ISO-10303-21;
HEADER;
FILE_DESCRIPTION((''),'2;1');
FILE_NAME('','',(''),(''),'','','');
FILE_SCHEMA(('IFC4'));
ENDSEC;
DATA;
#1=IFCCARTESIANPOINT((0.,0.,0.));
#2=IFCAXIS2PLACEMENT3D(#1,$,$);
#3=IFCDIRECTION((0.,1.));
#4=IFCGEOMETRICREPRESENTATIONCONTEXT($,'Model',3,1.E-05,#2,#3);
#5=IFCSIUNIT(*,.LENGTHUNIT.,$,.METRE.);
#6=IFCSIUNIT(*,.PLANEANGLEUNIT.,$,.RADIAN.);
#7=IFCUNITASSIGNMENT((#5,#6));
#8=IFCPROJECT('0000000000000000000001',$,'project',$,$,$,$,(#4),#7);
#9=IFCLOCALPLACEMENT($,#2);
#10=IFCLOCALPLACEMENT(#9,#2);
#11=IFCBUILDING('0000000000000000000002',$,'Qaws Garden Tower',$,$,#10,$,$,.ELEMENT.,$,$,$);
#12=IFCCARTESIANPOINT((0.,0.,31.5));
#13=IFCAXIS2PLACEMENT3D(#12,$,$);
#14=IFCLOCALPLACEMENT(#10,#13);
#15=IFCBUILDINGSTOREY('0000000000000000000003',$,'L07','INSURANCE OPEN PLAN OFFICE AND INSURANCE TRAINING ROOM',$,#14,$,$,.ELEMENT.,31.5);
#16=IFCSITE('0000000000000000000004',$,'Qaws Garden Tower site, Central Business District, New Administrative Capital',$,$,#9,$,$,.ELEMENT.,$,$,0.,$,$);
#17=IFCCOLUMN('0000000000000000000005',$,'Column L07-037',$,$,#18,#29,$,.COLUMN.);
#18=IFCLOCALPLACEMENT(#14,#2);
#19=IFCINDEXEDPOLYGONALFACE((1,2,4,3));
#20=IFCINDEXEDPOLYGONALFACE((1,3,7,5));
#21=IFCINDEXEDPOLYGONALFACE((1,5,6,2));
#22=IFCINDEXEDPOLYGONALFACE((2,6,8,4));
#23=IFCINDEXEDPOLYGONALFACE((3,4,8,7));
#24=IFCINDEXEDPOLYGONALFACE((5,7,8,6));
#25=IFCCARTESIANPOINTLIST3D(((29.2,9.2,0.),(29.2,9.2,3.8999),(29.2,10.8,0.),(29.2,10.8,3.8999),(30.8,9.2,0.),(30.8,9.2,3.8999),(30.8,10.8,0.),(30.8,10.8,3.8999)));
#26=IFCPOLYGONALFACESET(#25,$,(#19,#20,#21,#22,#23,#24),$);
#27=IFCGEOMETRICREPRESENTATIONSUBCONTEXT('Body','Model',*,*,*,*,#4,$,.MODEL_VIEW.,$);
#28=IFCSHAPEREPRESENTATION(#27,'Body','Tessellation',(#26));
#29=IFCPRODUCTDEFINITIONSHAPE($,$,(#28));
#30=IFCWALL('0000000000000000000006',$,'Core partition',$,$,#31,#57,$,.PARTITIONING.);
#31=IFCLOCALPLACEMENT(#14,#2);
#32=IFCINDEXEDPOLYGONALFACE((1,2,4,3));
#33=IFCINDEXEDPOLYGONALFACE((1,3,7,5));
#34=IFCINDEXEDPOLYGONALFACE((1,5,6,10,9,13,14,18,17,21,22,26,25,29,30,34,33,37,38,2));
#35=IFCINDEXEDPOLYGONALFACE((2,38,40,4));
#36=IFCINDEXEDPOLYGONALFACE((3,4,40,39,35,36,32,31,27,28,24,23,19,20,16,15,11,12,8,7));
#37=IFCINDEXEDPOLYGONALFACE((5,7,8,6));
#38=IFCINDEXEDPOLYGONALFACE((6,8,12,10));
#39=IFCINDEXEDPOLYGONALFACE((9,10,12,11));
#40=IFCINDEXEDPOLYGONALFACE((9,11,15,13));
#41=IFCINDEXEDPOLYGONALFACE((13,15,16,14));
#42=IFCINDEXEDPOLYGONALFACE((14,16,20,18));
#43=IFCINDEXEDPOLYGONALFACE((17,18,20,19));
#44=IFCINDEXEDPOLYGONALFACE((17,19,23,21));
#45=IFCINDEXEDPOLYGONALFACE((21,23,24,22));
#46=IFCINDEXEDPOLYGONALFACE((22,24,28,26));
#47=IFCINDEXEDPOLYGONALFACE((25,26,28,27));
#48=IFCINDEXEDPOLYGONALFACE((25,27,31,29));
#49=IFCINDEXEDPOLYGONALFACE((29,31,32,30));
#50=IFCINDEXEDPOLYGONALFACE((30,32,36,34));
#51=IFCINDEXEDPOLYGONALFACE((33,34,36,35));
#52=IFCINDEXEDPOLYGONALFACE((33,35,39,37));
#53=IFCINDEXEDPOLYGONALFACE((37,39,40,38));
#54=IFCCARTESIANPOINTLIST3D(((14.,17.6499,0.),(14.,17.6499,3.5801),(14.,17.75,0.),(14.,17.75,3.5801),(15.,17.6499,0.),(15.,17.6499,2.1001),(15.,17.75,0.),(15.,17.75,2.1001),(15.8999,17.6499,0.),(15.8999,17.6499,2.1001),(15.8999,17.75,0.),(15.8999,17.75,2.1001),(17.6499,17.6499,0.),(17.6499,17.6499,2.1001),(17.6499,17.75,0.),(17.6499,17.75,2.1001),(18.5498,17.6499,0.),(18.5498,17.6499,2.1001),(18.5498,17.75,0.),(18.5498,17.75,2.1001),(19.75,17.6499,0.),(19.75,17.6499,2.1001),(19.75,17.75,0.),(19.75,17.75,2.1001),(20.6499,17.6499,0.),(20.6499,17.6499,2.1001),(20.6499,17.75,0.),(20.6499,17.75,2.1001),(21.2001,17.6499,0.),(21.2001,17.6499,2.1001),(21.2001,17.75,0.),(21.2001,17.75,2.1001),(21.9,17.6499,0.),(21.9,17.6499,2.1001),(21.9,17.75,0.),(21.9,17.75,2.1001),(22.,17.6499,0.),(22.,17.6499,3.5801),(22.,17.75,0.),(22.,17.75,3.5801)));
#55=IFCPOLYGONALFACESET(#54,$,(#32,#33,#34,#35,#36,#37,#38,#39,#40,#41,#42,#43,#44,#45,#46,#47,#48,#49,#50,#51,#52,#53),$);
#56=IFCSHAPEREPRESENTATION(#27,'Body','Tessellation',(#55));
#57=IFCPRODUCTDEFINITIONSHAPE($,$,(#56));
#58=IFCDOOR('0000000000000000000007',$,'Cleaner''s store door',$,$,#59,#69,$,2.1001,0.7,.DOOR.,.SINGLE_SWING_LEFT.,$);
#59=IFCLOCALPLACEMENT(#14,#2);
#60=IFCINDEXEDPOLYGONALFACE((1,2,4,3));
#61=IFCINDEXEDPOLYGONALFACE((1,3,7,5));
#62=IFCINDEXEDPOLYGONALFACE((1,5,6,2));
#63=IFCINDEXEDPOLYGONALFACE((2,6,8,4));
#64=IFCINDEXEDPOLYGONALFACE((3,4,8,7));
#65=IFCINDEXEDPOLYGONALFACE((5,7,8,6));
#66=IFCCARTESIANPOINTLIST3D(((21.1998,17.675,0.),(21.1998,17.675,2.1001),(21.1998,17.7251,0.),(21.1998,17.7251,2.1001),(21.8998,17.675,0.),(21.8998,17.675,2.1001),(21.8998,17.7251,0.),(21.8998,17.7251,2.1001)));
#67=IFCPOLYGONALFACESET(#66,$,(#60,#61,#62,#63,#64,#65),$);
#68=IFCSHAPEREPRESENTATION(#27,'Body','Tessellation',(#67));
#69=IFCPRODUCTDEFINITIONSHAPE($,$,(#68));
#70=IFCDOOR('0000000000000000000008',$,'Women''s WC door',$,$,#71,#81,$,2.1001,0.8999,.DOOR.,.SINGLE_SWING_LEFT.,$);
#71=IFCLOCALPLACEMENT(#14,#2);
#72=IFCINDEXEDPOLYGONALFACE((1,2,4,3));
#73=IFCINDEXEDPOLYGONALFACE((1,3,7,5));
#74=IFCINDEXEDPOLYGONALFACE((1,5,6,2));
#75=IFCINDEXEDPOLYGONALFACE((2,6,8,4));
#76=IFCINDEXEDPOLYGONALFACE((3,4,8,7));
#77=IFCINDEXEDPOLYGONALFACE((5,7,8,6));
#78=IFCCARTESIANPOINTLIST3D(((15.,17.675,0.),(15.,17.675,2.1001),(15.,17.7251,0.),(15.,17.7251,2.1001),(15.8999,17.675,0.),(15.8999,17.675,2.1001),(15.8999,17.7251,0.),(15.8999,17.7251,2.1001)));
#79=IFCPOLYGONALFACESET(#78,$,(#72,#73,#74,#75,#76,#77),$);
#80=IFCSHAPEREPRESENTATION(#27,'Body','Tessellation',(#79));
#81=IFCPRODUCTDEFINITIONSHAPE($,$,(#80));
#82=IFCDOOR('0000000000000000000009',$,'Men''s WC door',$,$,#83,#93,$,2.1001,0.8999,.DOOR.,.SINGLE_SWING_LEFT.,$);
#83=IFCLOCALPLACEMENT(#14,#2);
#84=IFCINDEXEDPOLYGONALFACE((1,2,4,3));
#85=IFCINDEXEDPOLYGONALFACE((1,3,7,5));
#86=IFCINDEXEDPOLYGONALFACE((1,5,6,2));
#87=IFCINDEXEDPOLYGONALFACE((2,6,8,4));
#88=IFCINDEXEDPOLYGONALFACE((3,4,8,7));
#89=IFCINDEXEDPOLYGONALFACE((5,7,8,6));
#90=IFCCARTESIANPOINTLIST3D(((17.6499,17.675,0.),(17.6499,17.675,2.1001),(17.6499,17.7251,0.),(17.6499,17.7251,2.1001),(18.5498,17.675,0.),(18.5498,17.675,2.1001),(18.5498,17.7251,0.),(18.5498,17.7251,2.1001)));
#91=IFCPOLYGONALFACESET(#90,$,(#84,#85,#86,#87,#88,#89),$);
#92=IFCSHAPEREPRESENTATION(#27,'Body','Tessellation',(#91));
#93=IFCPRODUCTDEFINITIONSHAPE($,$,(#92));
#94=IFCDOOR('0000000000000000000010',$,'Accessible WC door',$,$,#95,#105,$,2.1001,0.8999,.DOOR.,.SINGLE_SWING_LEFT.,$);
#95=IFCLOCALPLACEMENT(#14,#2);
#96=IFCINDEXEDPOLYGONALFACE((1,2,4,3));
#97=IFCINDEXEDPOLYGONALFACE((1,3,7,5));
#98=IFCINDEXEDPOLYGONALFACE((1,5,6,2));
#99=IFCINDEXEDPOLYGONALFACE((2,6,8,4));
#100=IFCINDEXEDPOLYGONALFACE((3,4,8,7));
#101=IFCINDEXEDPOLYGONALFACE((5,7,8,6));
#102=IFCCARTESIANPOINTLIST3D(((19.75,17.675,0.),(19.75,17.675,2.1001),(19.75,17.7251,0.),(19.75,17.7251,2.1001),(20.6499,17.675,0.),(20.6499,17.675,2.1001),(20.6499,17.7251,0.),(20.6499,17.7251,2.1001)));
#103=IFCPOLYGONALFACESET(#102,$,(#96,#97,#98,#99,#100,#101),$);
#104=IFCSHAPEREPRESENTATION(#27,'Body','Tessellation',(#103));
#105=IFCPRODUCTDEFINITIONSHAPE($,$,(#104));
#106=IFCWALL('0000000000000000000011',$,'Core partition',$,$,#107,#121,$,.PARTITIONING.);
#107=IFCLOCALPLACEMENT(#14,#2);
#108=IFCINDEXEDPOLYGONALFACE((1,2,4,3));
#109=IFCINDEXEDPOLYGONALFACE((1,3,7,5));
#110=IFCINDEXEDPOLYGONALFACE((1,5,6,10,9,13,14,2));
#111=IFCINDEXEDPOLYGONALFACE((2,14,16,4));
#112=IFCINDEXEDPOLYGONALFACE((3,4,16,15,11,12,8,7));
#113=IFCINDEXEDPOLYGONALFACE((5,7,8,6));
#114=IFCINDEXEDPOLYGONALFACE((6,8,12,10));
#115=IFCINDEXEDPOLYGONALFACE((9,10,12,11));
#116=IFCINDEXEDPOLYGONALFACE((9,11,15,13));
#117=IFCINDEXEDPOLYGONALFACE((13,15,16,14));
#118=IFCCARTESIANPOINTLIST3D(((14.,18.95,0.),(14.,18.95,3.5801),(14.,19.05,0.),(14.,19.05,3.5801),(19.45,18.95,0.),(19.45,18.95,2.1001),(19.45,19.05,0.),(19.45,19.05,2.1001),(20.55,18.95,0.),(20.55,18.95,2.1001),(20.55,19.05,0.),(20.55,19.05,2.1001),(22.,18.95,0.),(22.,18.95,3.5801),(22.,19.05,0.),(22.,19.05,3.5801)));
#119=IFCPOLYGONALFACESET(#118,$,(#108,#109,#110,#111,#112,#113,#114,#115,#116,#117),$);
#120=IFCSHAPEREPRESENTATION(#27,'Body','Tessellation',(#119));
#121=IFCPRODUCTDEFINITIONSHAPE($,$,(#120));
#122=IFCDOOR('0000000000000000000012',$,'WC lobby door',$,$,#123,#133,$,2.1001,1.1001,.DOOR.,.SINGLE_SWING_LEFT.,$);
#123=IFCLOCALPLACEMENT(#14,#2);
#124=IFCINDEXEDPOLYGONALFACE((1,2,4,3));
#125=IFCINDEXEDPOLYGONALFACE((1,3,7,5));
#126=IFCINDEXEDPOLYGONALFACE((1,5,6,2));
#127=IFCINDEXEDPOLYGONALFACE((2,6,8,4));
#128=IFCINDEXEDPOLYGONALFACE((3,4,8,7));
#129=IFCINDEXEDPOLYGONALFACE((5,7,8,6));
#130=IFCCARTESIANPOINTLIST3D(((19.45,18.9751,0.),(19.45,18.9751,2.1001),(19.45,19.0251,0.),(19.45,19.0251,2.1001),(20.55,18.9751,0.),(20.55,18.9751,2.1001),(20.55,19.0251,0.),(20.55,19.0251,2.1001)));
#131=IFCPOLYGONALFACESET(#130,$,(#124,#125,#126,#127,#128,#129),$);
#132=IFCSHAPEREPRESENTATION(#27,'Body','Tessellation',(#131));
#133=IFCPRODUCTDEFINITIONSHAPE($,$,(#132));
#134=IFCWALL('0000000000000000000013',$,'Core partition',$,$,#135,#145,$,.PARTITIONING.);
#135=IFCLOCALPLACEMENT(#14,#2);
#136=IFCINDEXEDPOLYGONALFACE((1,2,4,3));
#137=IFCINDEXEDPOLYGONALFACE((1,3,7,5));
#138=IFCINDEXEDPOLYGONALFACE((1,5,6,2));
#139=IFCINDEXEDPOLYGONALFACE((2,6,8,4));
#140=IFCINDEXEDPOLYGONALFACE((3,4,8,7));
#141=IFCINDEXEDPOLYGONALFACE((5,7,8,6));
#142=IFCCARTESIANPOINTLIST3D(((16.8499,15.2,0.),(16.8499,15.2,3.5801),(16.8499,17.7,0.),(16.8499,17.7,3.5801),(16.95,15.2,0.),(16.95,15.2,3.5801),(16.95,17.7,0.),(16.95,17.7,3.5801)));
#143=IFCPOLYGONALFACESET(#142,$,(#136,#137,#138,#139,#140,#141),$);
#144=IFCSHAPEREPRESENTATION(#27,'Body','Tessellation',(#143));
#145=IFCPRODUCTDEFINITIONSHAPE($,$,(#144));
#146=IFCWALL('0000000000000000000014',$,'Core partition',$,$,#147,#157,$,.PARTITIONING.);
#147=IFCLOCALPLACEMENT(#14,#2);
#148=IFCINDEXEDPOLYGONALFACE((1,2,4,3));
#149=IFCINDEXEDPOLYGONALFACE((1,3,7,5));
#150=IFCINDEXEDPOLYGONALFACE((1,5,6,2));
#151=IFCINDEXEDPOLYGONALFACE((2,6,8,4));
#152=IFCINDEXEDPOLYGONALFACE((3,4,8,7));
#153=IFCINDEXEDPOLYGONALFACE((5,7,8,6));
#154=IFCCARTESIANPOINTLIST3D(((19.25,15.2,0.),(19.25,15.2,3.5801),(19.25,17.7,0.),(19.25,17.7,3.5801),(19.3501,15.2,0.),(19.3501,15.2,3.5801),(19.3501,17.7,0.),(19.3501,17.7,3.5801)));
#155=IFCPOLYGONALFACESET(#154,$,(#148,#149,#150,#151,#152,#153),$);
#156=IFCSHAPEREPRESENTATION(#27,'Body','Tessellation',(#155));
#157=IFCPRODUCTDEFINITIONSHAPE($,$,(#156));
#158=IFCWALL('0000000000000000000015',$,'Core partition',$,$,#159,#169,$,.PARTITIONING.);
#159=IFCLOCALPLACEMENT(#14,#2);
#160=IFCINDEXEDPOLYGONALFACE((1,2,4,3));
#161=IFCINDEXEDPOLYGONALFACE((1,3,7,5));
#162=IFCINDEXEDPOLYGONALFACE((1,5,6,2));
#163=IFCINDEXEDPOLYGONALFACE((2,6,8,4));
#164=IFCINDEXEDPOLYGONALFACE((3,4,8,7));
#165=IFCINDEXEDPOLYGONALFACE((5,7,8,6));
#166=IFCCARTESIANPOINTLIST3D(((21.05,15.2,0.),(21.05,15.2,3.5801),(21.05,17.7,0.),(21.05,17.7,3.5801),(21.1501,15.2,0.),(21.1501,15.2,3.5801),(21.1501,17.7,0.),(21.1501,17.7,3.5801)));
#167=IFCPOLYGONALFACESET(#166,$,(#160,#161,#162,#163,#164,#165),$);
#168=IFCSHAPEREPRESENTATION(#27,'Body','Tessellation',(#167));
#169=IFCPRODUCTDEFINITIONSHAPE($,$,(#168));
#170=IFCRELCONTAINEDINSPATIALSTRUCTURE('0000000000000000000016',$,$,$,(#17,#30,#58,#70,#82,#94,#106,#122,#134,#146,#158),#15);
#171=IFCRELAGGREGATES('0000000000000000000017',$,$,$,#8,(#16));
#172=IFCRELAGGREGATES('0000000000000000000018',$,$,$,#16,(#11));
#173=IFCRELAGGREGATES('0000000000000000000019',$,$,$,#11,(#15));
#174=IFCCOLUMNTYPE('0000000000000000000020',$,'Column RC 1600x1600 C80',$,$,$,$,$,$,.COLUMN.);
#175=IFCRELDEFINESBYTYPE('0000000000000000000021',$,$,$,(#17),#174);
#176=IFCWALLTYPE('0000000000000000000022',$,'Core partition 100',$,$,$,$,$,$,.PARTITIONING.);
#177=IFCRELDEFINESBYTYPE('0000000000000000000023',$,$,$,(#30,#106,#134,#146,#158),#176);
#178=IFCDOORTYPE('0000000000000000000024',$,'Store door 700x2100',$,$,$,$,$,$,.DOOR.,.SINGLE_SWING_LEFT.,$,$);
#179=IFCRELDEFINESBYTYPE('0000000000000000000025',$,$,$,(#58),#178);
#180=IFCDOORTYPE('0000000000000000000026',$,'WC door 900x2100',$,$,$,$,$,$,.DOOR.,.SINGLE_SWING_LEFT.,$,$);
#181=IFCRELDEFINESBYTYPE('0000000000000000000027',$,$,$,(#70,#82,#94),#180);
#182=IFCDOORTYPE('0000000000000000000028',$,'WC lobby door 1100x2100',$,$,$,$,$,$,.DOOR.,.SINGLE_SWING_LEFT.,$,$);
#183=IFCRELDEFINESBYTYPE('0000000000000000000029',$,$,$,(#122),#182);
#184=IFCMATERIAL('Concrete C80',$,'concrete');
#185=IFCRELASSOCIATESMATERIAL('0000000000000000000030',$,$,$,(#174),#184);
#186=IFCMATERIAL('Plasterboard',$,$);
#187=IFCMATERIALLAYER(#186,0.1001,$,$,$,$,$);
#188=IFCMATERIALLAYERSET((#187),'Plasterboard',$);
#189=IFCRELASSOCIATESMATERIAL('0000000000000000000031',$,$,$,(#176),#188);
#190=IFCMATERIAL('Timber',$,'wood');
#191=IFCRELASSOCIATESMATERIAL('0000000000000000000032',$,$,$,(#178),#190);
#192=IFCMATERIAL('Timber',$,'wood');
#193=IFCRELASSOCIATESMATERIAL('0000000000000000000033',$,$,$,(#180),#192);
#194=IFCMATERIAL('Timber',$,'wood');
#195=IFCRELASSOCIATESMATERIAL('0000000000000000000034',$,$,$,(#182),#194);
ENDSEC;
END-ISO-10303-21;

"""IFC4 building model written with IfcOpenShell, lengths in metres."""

from ifc_helpers import new_model, si_unit, direction, frame, frame_2d, origin, origin_2d, place, context, subcontext, project, spatial, rectangle, extrude, material, layer, layer_set, material_profile, profile_set, type_object, element, fill, save


model = new_model("IFC4")

# Units and contexts
model_context = context("Model", 3, precision=1e-05, world=origin(), true_north=direction((0.0, 1.0)))
body_context = subcontext(model_context, "Body", "Model", "MODEL_VIEW")
ifc_project = project(units=[si_unit("LENGTHUNIT", "METRE"), si_unit("PLANEANGLEUNIT", "RADIAN")], contexts=[model_context])

# Site, building, storey
site_placement = place(None, origin())
site = spatial("IfcSite", under=ifc_project, at=site_placement, Name="Qaws Garden Tower site, Central Business District, New Administrative Capital", CompositionType="ELEMENT", RefElevation=0.0)
building_placement = place(site_placement, origin())
building = spatial("IfcBuilding", under=site, at=building_placement, Name="Qaws Garden Tower", CompositionType="ELEMENT")
storey_placement = place(building_placement, frame((0.0, 0.0, 31.5)))
storey = spatial("IfcBuildingStorey", under=building, at=storey_placement, Name="L07", Description="INSURANCE OPEN PLAN OFFICE AND INSURANCE TRAINING ROOM", CompositionType="ELEMENT", Elevation=31.5)

# Column
ifc_material_1 = material(Name="Concrete C80", Category="concrete")
ifc_material_profile = material_profile(ifc_material_1, rectangle(XDim=1.6001, YDim=1.6001, at=origin_2d()), Name="RC 1600x1600")
ifc_profile_set = profile_set([ifc_material_profile], Name="Concrete C80")
column_type = type_object("IfcColumnType", Name="Column RC 1600x1600 C80", PredefinedType="COLUMN", material=ifc_profile_set)
column_placement = place(storey_placement, frame((30.0, 10.0, 0.0), z_axis=(0.0, 0.0, 1.0), x_axis=(1.0, 0.0, 0.0)))
element("IfcColumn", 1, at=column_placement, inside=storey, type_object=column_type, Name="Column L07-037", PredefinedType="COLUMN", context=body_context, shape_type="SweptSolid", body=[
    extrude(rectangle(XDim=1.6001, YDim=1.6001, at=origin_2d()), origin(), (0.0, 0.0, 1.0), 3.8999),
])

# Wall, openings, doors
ifc_material_2 = material(Name="Plasterboard")
ifc_layer_1 = layer(ifc_material_2, 0.1001)
ifc_layer_set_1 = layer_set([ifc_layer_1], Name="Plasterboard")
wall_type_1 = type_object("IfcWallType", Name="Core partition 100", PredefinedType="PARTITIONING", material=ifc_layer_set_1)
wall_1_placement = place(storey_placement, frame((14.0, 17.7, 0.0), z_axis=(0.0, 0.0, 1.0), x_axis=(1.0, 0.0, 0.0)))
wall_1 = element("IfcWall", 2, at=wall_1_placement, inside=storey, type_object=wall_type_1, Name="Core partition", PredefinedType="PARTITIONING", context=body_context, shape_type="SweptSolid", body=[
    extrude(rectangle(XDim=8.0, YDim=0.1001, at=frame_2d((4.0, 0.0))), origin(), (0.0, 0.0, 1.0), 3.5801),
])
opening_1_placement = place(wall_1_placement, frame((1.0, 0.0, 0.0)))
opening_1 = element("IfcOpeningElement", 3, at=opening_1_placement, cuts=wall_1, PredefinedType="OPENING", context=body_context, shape_type="SweptSolid", body=[
    extrude(rectangle(XDim=0.8999, YDim=2.1001, at=frame_2d((0.45, 1.05))), frame((0.0, 0.0601, 0.0), z_axis=(0.0, -1.0, 0.0), x_axis=(1.0, 0.0, 0.0)), (0.0, 0.0, 1.0), 0.1201),
])
opening_2_placement = place(wall_1_placement, frame((3.6499, 0.0, 0.0)))
opening_2 = element("IfcOpeningElement", 4, at=opening_2_placement, cuts=wall_1, PredefinedType="OPENING", context=body_context, shape_type="SweptSolid", body=[
    extrude(rectangle(XDim=0.8999, YDim=2.1001, at=frame_2d((0.45, 1.05))), frame((0.0, 0.0601, 0.0), z_axis=(0.0, -1.0, 0.0), x_axis=(1.0, 0.0, 0.0)), (0.0, 0.0, 1.0), 0.1201),
])
opening_3_placement = place(wall_1_placement, frame((5.75, 0.0, 0.0)))
opening_3 = element("IfcOpeningElement", 5, at=opening_3_placement, cuts=wall_1, PredefinedType="OPENING", context=body_context, shape_type="SweptSolid", body=[
    extrude(rectangle(XDim=0.8999, YDim=2.1001, at=frame_2d((0.45, 1.05))), frame((0.0, 0.0601, 0.0), z_axis=(0.0, -1.0, 0.0), x_axis=(1.0, 0.0, 0.0)), (0.0, 0.0, 1.0), 0.1201),
])
opening_4_placement = place(wall_1_placement, frame((7.2, 0.0, 0.0)))
opening_4 = element("IfcOpeningElement", 6, at=opening_4_placement, cuts=wall_1, PredefinedType="OPENING", context=body_context, shape_type="SweptSolid", body=[
    extrude(rectangle(XDim=0.7, YDim=2.1001, at=frame_2d((0.3501, 1.05))), frame((0.0, 0.0601, 0.0), z_axis=(0.0, -1.0, 0.0), x_axis=(1.0, 0.0, 0.0)), (0.0, 0.0, 1.0), 0.1201),
])
ifc_material_3 = material(Name="Timber", Category="wood")
door_type_1 = type_object("IfcDoorType", Name="Store door 700x2100", OperationType="SINGLE_SWING_LEFT", PredefinedType="DOOR", material=ifc_material_3)
door_1_placement = place(opening_4_placement, frame((0.7, 0.0, 0.0), z_axis=(0.0, 0.0, 1.0), x_axis=(-1.0, 0.0, 0.0)))
door_1 = element("IfcDoor", 7, at=door_1_placement, inside=storey, type_object=door_type_1, Name="Cleaner's store door", OperationType="SINGLE_SWING_LEFT", OverallHeight=2.1001, OverallWidth=0.7, PredefinedType="DOOR", context=body_context, shape_type="SweptSolid", body=[
    extrude(rectangle(XDim=0.7, YDim=2.1001, at=frame_2d((0.3501, 1.05))), frame((0.0, 0.0249, 0.0), z_axis=(0.0, -1.0, 0.0), x_axis=(1.0, 0.0, 0.0)), (0.0, 0.0, 1.0), 0.05),
])
fill(opening_4, door_1)
ifc_material_4 = material(Name="Timber", Category="wood")
door_type_2 = type_object("IfcDoorType", Name="WC door 900x2100", OperationType="SINGLE_SWING_LEFT", PredefinedType="DOOR", material=ifc_material_4)
door_2_placement = place(opening_1_placement, frame((0.8999, 0.0, 0.0), z_axis=(0.0, 0.0, 1.0), x_axis=(-1.0, 0.0, 0.0)))
door_2 = element("IfcDoor", 8, at=door_2_placement, inside=storey, type_object=door_type_2, Name="Women's WC door", OperationType="SINGLE_SWING_LEFT", OverallHeight=2.1001, OverallWidth=0.8999, PredefinedType="DOOR", context=body_context, shape_type="SweptSolid", body=[
    extrude(rectangle(XDim=0.8999, YDim=2.1001, at=frame_2d((0.45, 1.05))), frame((0.0, 0.0249, 0.0), z_axis=(0.0, -1.0, 0.0), x_axis=(1.0, 0.0, 0.0)), (0.0, 0.0, 1.0), 0.05),
])
fill(opening_1, door_2)
door_3_placement = place(opening_2_placement, frame((0.8999, 0.0, 0.0), z_axis=(0.0, 0.0, 1.0), x_axis=(-1.0, 0.0, 0.0)))
door_3 = element("IfcDoor", 9, at=door_3_placement, inside=storey, type_object=door_type_2, Name="Men's WC door", OperationType="SINGLE_SWING_LEFT", OverallHeight=2.1001, OverallWidth=0.8999, PredefinedType="DOOR", context=body_context, shape_type="SweptSolid", body=[
    extrude(rectangle(XDim=0.8999, YDim=2.1001, at=frame_2d((0.45, 1.05))), frame((0.0, 0.0249, 0.0), z_axis=(0.0, -1.0, 0.0), x_axis=(1.0, 0.0, 0.0)), (0.0, 0.0, 1.0), 0.05),
])
fill(opening_2, door_3)
door_4_placement = place(opening_3_placement, frame((0.8999, 0.0, 0.0), z_axis=(0.0, 0.0, 1.0), x_axis=(-1.0, 0.0, 0.0)))
door_4 = element("IfcDoor", 10, at=door_4_placement, inside=storey, type_object=door_type_2, Name="Accessible WC door", OperationType="SINGLE_SWING_LEFT", OverallHeight=2.1001, OverallWidth=0.8999, PredefinedType="DOOR", context=body_context, shape_type="SweptSolid", body=[
    extrude(rectangle(XDim=0.8999, YDim=2.1001, at=frame_2d((0.45, 1.05))), frame((0.0, 0.0249, 0.0), z_axis=(0.0, -1.0, 0.0), x_axis=(1.0, 0.0, 0.0)), (0.0, 0.0, 1.0), 0.05),
])
fill(opening_3, door_4)

# Wall, opening, door
wall_2_placement = place(storey_placement, frame((14.0, 19.0, 0.0), z_axis=(0.0, 0.0, 1.0), x_axis=(1.0, 0.0, 0.0)))
wall_2 = element("IfcWall", 11, at=wall_2_placement, inside=storey, type_object=wall_type_1, Name="Core partition", PredefinedType="PARTITIONING", context=body_context, shape_type="SweptSolid", body=[
    extrude(rectangle(XDim=8.0, YDim=0.1001, at=frame_2d((4.0, 0.0))), origin(), (0.0, 0.0, 1.0), 3.5801),
])
opening_5_placement = place(wall_2_placement, frame((5.45, 0.0, 0.0)))
opening_5 = element("IfcOpeningElement", 12, at=opening_5_placement, cuts=wall_2, PredefinedType="OPENING", context=body_context, shape_type="SweptSolid", body=[
    extrude(rectangle(XDim=1.1001, YDim=2.1001, at=frame_2d((0.55, 1.05))), frame((0.0, 0.0601, 0.0), z_axis=(0.0, -1.0, 0.0), x_axis=(1.0, 0.0, 0.0)), (0.0, 0.0, 1.0), 0.1201),
])
ifc_material_5 = material(Name="Timber", Category="wood")
door_type_3 = type_object("IfcDoorType", Name="WC lobby door 1100x2100", OperationType="SINGLE_SWING_LEFT", PredefinedType="DOOR", material=ifc_material_5)
door_5_placement = place(opening_5_placement, frame((1.1001, 0.0, 0.0), z_axis=(0.0, 0.0, 1.0), x_axis=(-1.0, 0.0, 0.0)))
door_5 = element("IfcDoor", 13, at=door_5_placement, inside=storey, type_object=door_type_3, Name="WC lobby door", OperationType="SINGLE_SWING_LEFT", OverallHeight=2.1001, OverallWidth=1.1001, PredefinedType="DOOR", context=body_context, shape_type="SweptSolid", body=[
    extrude(rectangle(XDim=1.1001, YDim=2.1001, at=frame_2d((0.55, 1.05))), frame((0.0, 0.0249, 0.0), z_axis=(0.0, -1.0, 0.0), x_axis=(1.0, 0.0, 0.0)), (0.0, 0.0, 1.0), 0.05),
])
fill(opening_5, door_5)

# Walls
for number, where, z_axis, x_axis, name in (
    (14, (16.8999, 15.2, 0.0), (0.0, 0.0, 1.0), (0.0, 1.0, 0.0), "Core partition"),
    (15, (19.3, 15.2, 0.0), (0.0, 0.0, 1.0), (0.0, 1.0, 0.0), "Core partition"),
    (16, (21.1001, 15.2, 0.0), (0.0, 0.0, 1.0), (0.0, 1.0, 0.0), "Core partition"),
):
    element("IfcWall", number, at=place(storey_placement, frame(where, z_axis=z_axis, x_axis=x_axis)), inside=storey, type_object=wall_type_1, Name=name, PredefinedType="PARTITIONING", context=body_context, shape_type="SweptSolid", body=[
        extrude(rectangle(XDim=2.5, YDim=0.1001, at=frame_2d((1.25, 0.0))), origin(), (0.0, 0.0, 1.0), 3.5801),
    ])

save(model, "model.ifc")
